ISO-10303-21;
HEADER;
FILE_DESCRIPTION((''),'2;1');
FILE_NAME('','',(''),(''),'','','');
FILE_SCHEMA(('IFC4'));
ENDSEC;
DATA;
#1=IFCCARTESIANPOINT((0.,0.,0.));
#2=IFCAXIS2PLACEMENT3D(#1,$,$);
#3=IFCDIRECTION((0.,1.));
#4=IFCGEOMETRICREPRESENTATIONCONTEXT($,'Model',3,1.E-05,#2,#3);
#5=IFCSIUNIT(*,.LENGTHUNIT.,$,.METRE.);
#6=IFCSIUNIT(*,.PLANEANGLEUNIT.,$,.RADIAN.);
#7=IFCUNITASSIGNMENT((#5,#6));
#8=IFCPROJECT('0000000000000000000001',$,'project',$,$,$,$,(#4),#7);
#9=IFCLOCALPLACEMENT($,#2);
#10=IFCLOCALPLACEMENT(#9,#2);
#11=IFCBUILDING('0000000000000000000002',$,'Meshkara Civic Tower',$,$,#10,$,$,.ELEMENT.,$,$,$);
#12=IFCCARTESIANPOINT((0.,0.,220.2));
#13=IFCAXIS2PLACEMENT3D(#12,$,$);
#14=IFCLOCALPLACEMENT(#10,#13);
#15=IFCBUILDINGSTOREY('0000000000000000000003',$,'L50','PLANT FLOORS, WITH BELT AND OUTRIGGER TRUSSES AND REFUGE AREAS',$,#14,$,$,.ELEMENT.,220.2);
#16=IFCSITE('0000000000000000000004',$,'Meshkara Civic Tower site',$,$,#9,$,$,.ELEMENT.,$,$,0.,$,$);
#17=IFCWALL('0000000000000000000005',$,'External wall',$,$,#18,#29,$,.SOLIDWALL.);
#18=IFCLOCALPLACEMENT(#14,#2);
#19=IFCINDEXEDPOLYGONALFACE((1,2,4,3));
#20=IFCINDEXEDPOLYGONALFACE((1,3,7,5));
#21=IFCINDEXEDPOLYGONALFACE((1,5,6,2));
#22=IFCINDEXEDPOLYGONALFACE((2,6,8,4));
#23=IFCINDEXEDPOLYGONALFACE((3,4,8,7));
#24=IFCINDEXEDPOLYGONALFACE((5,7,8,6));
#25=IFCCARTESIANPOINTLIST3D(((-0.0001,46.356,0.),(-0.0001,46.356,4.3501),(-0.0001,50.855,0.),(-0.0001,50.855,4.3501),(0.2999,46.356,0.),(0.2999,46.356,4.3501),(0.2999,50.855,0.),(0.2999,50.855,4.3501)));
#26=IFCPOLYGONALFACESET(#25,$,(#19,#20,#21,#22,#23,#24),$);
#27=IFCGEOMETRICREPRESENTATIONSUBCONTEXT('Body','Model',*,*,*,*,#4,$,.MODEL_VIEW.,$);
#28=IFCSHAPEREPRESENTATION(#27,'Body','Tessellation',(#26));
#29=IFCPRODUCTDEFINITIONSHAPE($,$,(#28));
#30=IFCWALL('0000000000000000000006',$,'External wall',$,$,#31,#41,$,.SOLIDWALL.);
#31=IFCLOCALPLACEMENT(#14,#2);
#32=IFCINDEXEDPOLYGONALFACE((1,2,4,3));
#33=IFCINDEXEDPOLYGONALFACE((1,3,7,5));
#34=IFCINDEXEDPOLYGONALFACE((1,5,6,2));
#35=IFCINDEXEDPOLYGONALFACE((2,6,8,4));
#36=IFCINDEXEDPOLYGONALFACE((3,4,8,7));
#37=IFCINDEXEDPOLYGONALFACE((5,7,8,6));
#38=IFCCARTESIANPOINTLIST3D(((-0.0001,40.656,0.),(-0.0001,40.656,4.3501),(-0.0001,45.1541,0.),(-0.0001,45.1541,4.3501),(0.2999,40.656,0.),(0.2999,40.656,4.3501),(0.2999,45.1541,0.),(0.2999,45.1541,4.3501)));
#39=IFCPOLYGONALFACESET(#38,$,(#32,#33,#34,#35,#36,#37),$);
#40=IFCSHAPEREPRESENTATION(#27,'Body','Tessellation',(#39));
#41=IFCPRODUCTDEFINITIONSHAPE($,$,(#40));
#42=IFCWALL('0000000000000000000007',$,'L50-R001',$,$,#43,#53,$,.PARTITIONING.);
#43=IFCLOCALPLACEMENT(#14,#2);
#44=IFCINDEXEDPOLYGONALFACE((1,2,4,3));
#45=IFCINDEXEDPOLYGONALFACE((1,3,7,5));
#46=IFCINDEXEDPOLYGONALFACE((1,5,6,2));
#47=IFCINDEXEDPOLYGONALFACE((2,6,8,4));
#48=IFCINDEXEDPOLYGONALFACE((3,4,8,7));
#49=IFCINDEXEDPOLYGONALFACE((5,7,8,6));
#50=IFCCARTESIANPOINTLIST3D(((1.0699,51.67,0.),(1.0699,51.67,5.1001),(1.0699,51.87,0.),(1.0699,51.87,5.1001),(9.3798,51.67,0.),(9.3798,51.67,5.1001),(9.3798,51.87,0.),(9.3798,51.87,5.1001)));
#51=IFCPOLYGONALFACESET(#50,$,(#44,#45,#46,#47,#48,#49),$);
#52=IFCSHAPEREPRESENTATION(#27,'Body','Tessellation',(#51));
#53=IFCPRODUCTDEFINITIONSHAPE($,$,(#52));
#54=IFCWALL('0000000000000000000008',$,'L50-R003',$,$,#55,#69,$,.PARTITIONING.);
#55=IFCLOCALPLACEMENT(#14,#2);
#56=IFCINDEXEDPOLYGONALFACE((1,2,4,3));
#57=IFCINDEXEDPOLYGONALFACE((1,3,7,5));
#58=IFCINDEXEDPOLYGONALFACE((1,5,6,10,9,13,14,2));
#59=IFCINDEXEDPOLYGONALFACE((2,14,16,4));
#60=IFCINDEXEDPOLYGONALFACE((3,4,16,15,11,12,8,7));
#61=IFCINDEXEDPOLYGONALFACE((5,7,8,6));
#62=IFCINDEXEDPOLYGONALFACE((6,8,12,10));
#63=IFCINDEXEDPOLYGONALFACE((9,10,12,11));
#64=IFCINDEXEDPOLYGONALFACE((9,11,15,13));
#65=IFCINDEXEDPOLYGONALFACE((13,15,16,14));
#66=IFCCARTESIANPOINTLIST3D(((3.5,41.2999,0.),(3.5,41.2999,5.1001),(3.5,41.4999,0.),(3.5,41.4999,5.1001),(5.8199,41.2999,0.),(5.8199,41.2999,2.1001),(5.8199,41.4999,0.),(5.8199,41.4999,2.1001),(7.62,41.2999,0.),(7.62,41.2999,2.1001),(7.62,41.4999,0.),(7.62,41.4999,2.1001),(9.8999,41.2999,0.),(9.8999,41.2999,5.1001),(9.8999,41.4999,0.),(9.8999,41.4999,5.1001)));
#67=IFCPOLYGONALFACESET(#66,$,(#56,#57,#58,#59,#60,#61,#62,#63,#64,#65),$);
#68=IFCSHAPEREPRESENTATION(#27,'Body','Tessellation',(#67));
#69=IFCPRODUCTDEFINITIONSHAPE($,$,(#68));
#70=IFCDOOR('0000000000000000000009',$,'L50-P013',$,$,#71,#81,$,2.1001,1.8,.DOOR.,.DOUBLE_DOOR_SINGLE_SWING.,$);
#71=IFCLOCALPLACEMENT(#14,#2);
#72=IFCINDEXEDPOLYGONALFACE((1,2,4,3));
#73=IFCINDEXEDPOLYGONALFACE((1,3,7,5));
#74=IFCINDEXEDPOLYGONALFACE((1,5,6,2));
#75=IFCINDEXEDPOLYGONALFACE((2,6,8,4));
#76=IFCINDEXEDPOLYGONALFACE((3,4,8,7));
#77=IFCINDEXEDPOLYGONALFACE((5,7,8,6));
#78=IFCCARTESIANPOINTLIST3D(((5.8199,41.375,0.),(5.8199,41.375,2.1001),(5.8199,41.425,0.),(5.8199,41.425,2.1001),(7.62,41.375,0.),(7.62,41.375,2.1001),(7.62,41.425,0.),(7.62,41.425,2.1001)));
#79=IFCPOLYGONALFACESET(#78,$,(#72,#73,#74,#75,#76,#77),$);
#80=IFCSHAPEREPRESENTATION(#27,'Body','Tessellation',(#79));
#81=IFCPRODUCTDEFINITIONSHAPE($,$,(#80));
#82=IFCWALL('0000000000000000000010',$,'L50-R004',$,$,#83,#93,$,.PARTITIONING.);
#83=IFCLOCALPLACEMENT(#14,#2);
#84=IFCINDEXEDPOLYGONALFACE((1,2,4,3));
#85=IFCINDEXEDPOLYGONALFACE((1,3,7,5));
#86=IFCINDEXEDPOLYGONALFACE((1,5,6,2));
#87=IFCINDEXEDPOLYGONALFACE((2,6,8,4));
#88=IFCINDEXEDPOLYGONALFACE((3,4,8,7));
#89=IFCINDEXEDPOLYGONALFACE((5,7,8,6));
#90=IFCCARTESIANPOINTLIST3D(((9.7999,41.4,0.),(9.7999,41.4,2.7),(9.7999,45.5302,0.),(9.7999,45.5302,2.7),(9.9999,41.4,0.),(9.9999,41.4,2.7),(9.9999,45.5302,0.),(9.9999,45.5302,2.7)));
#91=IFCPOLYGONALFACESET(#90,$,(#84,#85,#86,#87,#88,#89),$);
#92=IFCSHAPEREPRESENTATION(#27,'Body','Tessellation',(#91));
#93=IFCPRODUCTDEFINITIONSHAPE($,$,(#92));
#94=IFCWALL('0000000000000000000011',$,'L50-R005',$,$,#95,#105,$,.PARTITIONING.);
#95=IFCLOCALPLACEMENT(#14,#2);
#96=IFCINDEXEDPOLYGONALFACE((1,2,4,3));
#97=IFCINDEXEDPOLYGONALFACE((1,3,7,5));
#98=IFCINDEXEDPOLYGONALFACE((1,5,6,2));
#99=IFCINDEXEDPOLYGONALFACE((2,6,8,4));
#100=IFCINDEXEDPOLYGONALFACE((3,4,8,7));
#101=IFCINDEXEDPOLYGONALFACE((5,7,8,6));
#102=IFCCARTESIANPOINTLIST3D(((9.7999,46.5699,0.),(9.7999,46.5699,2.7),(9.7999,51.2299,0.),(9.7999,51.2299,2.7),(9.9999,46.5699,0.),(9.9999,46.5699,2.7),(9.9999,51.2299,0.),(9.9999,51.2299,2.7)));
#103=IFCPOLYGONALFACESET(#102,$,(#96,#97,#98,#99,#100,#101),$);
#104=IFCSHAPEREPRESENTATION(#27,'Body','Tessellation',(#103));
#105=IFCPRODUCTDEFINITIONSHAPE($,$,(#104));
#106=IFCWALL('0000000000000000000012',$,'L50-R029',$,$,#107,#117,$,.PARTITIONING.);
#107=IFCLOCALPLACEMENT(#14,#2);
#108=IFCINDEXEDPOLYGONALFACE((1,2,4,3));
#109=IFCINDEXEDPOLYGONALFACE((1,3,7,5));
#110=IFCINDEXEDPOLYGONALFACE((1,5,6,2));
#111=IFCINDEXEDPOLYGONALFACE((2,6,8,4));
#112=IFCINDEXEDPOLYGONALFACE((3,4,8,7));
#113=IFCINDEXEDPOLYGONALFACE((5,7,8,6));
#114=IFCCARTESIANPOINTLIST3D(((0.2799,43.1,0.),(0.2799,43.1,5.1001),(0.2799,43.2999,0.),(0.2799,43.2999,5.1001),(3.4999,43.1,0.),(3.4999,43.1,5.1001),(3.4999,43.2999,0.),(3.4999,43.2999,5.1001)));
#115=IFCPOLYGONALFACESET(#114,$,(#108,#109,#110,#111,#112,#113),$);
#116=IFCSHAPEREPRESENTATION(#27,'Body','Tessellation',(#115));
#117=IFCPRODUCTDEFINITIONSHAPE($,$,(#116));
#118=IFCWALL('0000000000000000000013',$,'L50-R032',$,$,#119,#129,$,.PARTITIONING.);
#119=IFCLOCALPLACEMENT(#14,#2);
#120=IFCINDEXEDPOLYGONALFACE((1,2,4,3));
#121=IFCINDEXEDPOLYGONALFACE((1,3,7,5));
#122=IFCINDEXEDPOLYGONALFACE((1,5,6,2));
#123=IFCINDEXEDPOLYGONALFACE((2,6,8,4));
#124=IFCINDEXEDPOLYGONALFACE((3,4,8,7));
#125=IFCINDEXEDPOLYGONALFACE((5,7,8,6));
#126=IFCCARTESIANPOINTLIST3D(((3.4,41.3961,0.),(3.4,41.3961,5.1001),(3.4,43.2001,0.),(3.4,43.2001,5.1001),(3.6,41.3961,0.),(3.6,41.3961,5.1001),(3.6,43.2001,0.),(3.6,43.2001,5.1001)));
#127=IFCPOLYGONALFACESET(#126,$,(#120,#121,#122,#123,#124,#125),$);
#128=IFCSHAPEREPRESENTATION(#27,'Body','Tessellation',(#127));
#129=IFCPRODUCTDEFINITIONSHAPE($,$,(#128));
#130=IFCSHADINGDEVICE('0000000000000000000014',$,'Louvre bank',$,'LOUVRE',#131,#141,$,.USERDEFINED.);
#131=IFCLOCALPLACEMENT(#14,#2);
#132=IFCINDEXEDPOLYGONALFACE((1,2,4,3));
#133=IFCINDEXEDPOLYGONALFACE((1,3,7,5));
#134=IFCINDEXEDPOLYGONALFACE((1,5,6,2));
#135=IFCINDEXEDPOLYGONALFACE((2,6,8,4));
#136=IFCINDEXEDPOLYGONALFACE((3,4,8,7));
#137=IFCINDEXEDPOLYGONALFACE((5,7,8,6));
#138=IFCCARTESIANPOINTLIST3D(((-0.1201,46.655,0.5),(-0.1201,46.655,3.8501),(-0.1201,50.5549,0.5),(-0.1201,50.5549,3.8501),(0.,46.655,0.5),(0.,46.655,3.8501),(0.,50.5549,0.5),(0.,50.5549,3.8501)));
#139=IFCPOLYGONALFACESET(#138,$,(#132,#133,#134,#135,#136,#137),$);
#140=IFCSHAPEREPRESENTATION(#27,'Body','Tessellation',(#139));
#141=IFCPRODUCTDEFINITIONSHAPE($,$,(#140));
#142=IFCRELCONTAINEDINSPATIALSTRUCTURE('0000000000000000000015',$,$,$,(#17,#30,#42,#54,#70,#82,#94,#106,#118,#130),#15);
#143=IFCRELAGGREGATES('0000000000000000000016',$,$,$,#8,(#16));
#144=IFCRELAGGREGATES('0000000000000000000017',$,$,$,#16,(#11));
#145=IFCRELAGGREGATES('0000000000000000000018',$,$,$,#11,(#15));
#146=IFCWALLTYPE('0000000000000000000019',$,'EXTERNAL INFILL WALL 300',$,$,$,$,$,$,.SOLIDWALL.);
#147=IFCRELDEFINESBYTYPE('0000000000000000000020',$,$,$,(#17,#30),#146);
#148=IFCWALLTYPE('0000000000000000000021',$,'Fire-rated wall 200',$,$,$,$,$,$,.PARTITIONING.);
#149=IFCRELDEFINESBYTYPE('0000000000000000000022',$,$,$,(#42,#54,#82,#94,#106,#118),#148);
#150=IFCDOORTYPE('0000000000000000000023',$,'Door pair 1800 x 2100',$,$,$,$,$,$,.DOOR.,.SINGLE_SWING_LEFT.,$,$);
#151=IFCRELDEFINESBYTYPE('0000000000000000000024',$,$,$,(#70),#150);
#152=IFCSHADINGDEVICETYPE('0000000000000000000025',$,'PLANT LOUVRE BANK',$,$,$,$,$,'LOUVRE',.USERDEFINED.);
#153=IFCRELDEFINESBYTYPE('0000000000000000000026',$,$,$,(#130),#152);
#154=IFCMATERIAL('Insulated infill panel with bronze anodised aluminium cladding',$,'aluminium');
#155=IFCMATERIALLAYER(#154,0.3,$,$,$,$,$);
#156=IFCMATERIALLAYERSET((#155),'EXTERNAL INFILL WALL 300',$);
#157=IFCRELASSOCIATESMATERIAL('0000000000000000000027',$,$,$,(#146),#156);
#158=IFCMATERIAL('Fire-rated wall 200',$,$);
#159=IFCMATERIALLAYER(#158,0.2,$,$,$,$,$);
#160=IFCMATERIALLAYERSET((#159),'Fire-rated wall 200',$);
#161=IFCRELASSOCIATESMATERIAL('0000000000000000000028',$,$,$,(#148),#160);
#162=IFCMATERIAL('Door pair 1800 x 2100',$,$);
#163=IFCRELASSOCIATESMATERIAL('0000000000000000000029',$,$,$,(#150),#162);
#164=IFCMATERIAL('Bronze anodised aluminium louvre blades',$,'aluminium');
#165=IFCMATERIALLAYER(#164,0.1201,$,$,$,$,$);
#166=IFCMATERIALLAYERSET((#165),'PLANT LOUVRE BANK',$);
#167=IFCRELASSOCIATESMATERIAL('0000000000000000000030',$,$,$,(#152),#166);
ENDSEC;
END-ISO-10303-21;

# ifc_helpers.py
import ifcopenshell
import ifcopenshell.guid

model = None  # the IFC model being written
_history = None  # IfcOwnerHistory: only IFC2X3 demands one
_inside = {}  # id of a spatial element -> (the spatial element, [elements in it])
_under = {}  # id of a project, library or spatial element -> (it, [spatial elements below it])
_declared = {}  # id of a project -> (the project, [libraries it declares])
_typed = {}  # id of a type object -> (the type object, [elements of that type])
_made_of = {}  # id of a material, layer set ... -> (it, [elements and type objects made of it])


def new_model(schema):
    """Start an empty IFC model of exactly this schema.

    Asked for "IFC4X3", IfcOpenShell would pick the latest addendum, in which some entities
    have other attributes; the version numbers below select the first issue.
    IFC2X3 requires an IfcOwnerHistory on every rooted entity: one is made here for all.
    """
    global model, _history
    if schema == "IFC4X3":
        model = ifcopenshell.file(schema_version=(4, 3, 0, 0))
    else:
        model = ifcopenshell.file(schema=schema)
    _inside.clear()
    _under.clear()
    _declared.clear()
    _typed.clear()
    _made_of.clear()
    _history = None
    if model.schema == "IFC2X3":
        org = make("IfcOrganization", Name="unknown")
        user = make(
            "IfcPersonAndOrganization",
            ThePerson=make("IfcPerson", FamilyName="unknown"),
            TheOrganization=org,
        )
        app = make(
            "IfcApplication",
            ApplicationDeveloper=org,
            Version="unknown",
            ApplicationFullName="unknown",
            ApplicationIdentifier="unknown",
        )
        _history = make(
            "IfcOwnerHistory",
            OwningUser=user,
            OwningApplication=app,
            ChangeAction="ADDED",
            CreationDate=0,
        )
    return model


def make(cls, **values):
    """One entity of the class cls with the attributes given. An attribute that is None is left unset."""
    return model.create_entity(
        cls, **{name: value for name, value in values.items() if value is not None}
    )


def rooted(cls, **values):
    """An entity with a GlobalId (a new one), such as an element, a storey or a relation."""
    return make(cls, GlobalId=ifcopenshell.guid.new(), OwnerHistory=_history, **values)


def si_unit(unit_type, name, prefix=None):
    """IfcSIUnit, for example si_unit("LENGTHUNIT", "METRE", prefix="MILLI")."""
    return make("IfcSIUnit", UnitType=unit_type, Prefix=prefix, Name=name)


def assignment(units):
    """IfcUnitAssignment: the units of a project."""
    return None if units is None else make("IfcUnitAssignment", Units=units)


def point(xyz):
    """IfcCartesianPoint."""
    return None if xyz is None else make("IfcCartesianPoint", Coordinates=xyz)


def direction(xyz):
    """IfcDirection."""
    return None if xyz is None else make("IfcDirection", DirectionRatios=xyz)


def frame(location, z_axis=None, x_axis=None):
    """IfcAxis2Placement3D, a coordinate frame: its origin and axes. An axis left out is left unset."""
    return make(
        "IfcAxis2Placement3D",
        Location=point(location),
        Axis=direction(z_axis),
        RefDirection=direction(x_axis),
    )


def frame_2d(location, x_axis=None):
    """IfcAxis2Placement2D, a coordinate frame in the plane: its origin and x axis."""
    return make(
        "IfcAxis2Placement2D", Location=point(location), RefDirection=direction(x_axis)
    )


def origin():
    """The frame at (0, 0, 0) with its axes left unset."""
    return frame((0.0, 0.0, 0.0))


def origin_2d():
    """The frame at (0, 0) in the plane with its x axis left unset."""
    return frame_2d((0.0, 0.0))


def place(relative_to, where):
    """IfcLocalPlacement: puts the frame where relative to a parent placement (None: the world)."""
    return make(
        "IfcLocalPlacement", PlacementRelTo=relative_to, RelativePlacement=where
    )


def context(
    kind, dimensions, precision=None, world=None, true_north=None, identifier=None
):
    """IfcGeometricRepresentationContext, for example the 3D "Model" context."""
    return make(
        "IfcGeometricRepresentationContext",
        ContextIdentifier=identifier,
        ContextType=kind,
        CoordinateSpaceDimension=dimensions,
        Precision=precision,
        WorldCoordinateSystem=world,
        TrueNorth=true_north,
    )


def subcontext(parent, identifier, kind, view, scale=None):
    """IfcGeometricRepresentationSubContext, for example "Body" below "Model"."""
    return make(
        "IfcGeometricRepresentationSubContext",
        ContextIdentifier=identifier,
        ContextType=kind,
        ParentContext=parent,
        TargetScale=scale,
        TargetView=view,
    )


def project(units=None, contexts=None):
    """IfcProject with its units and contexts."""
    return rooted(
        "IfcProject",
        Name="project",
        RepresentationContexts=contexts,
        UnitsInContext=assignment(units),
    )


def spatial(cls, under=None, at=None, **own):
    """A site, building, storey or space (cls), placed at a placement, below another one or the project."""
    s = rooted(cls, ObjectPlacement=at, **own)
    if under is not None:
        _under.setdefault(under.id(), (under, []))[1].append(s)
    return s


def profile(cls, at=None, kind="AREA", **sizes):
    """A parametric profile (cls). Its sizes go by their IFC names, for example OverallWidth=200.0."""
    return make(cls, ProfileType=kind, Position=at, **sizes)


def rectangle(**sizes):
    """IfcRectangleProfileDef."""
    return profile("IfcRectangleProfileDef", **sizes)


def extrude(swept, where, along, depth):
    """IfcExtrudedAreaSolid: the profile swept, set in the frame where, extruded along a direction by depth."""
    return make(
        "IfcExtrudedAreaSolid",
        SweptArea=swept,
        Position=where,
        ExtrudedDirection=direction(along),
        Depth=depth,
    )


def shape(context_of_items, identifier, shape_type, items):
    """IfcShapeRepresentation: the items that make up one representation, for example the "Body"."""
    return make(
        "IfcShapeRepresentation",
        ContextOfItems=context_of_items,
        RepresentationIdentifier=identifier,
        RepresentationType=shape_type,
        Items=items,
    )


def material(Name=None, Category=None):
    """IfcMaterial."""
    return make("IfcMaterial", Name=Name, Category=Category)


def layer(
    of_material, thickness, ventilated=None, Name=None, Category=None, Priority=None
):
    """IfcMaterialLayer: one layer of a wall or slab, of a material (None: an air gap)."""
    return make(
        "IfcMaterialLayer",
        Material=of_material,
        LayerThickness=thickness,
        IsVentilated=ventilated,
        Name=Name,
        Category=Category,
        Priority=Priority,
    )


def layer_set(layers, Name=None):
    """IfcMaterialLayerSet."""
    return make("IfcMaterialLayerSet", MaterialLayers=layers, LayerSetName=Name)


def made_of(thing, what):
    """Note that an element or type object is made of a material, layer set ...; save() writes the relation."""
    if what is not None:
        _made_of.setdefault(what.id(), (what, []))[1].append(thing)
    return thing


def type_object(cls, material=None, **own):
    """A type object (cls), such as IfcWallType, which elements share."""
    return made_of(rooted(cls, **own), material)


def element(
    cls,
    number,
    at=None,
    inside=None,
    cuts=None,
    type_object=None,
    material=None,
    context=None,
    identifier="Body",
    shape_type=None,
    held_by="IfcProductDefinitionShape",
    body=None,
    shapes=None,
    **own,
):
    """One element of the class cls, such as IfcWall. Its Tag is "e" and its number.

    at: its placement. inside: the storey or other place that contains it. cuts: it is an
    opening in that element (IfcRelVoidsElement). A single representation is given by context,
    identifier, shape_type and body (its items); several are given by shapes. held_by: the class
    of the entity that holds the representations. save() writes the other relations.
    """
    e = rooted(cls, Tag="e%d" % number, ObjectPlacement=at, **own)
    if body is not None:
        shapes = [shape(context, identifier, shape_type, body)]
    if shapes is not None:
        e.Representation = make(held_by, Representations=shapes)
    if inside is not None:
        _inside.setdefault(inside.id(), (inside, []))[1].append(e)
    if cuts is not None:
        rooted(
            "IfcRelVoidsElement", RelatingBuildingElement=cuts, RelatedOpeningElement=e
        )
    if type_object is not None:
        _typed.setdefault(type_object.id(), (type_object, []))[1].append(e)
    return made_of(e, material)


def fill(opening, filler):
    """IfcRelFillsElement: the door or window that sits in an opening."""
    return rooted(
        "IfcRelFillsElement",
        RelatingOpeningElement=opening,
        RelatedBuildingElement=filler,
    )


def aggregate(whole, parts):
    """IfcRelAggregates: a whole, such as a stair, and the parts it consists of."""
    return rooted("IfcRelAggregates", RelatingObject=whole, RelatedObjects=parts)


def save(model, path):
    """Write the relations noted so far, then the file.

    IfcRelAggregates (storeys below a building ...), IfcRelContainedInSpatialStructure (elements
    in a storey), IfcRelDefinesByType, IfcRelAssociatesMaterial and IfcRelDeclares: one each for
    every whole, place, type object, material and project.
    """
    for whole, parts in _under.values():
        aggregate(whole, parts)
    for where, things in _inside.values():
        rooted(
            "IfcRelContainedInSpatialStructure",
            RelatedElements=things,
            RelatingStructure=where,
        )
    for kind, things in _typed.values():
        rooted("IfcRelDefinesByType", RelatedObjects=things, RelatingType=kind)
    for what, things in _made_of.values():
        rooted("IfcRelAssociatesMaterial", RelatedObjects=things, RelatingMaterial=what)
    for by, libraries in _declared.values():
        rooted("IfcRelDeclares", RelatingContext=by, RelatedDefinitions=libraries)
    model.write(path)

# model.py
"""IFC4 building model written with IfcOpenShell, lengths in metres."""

from ifc_helpers import new_model, si_unit, direction, frame, frame_2d, origin, origin_2d, place, context, subcontext, project, spatial, rectangle, extrude, material, layer, layer_set, type_object, element, fill, save


model = new_model("IFC4")

# Units and contexts
model_context = context("Model", 3, precision=1e-05, world=origin(), true_north=direction((0.0, 1.0)))
body_context = subcontext(model_context, "Body", "Model", "MODEL_VIEW")
ifc_project = project(units=[si_unit("LENGTHUNIT", "METRE"), si_unit("PLANEANGLEUNIT", "RADIAN")], contexts=[model_context])

# Site, building, storey
site_placement = place(None, origin())
site = spatial("IfcSite", under=ifc_project, at=site_placement, Name="Meshkara Civic Tower site", CompositionType="ELEMENT", RefElevation=0.0)
building_placement = place(site_placement, origin())
building = spatial("IfcBuilding", under=site, at=building_placement, Name="Meshkara Civic Tower", CompositionType="ELEMENT")
storey_placement = place(building_placement, frame((0.0, 0.0, 220.2)))
storey = spatial("IfcBuildingStorey", under=building, at=storey_placement, Name="L50", Description="PLANT FLOORS, WITH BELT AND OUTRIGGER TRUSSES AND REFUGE AREAS", CompositionType="ELEMENT", Elevation=220.2)

# Walls
ifc_material_1 = material(Name="Insulated infill panel with bronze anodised aluminium cladding", Category="aluminium")
ifc_layer_1 = layer(ifc_material_1, 0.3)
ifc_layer_set_1 = layer_set([ifc_layer_1], Name="EXTERNAL INFILL WALL 300")
wall_type_1 = type_object("IfcWallType", Name="EXTERNAL INFILL WALL 300", PredefinedType="SOLIDWALL", material=ifc_layer_set_1)
wall_1_placement = place(storey_placement, frame((0.1499, 50.855, 0.0), z_axis=(0.0, 0.0, 1.0), x_axis=(0.0, -1.0, 0.0)))
element("IfcWall", 1, at=wall_1_placement, inside=storey, type_object=wall_type_1, Name="External wall", PredefinedType="SOLIDWALL", context=body_context, shape_type="SweptSolid", body=[
    extrude(rectangle(XDim=4.499, YDim=0.3, at=frame_2d((2.2495, 0.0))), origin(), (0.0, 0.0, 1.0), 4.3501),
])
wall_2_placement = place(storey_placement, frame((0.1499, 45.1541, 0.0), z_axis=(0.0, 0.0, 1.0), x_axis=(0.0, -1.0, 0.0)))
element("IfcWall", 2, at=wall_2_placement, inside=storey, type_object=wall_type_1, Name="External wall", PredefinedType="SOLIDWALL", context=body_context, shape_type="SweptSolid", body=[
    extrude(rectangle(XDim=4.498, YDim=0.3, at=frame_2d((2.249, 0.0))), origin(), (0.0, 0.0, 1.0), 4.3501),
])
ifc_material_2 = material(Name="Fire-rated wall 200")
ifc_layer_2 = layer(ifc_material_2, 0.2)
ifc_layer_set_2 = layer_set([ifc_layer_2], Name="Fire-rated wall 200")
wall_type_2 = type_object("IfcWallType", Name="Fire-rated wall 200", PredefinedType="PARTITIONING", material=ifc_layer_set_2)
wall_3_placement = place(storey_placement, frame((1.0701, 51.77, 0.0), z_axis=(0.0, 0.0, 1.0), x_axis=(1.0, 0.0, 0.0)))
element("IfcWall", 3, at=wall_3_placement, inside=storey, type_object=wall_type_2, Name="L50-R001", PredefinedType="PARTITIONING", context=body_context, shape_type="SweptSolid", body=[
    extrude(rectangle(XDim=8.3098, YDim=0.2, at=frame_2d((4.1548, 0.0))), origin(), (0.0, 0.0, 1.0), 5.1001),
])

# Wall, opening, door
wall_4_placement = place(storey_placement, frame((9.8999, 41.3999, 0.0), z_axis=(0.0, 0.0, 1.0), x_axis=(-1.0, 0.0, 0.0)))
wall_4 = element("IfcWall", 4, at=wall_4_placement, inside=storey, type_object=wall_type_2, Name="L50-R003", PredefinedType="PARTITIONING", context=body_context, shape_type="SweptSolid", body=[
    extrude(rectangle(XDim=6.3999, YDim=0.2, at=frame_2d((3.2, 0.0))), origin(), (0.0, 0.0, 1.0), 5.1001),
])
opening_placement = place(wall_4_placement, frame((2.28, 0.0, 0.0)))
opening = element("IfcOpeningElement", 5, at=opening_placement, cuts=wall_4, PredefinedType="OPENING", context=body_context, shape_type="SweptSolid", body=[
    extrude(rectangle(XDim=1.8, YDim=2.1001, at=frame_2d((0.8999, 1.05))), frame((0.0, 0.1099, 0.0), z_axis=(0.0, -1.0, 0.0), x_axis=(1.0, 0.0, 0.0)), (0.0, 0.0, 1.0), 0.22),
])
ifc_material_3 = material(Name="Door pair 1800 x 2100")
door_type = type_object("IfcDoorType", Name="Door pair 1800 x 2100", OperationType="SINGLE_SWING_LEFT", PredefinedType="DOOR", material=ifc_material_3)
door_placement = place(opening_placement, origin())
door = element("IfcDoor", 6, at=door_placement, inside=storey, type_object=door_type, Name="L50-P013", OperationType="DOUBLE_DOOR_SINGLE_SWING", OverallHeight=2.1001, OverallWidth=1.8, PredefinedType="DOOR", context=body_context, shape_type="SweptSolid", body=[
    extrude(rectangle(XDim=1.8, YDim=2.1001, at=frame_2d((0.8999, 1.05))), frame((0.0, 0.0249, 0.0), z_axis=(0.0, -1.0, 0.0), x_axis=(1.0, 0.0, 0.0)), (0.0, 0.0, 1.0), 0.05),
])
fill(opening, door)

# Walls
wall_5_placement = place(storey_placement, frame((9.8999, 45.53, 0.0), z_axis=(0.0, 0.0, 1.0), x_axis=(0.0, -1.0, 0.0)))
element("IfcWall", 7, at=wall_5_placement, inside=storey, type_object=wall_type_2, Name="L50-R004", PredefinedType="PARTITIONING", context=body_context, shape_type="SweptSolid", body=[
    extrude(rectangle(XDim=4.1301, YDim=0.2, at=frame_2d((2.0649, 0.0))), origin(), (0.0, 0.0, 1.0), 2.7),
])
wall_6_placement = place(storey_placement, frame((9.8999, 51.23, 0.0), z_axis=(0.0, 0.0, 1.0), x_axis=(0.0, -1.0, 0.0)))
element("IfcWall", 8, at=wall_6_placement, inside=storey, type_object=wall_type_2, Name="L50-R005", PredefinedType="PARTITIONING", context=body_context, shape_type="SweptSolid", body=[
    extrude(rectangle(XDim=4.6599, YDim=0.2, at=frame_2d((2.3301, 0.0))), origin(), (0.0, 0.0, 1.0), 2.7),
])
wall_7_placement = place(storey_placement, frame((0.28, 43.2, 0.0), z_axis=(0.0, 0.0, 1.0), x_axis=(1.0, 0.0, 0.0)))
element("IfcWall", 9, at=wall_7_placement, inside=storey, type_object=wall_type_2, Name="L50-R029", PredefinedType="PARTITIONING", context=body_context, shape_type="SweptSolid", body=[
    extrude(rectangle(XDim=3.22, YDim=0.2, at=frame_2d((1.6099, 0.0))), origin(), (0.0, 0.0, 1.0), 5.1001),
])
wall_8_placement = place(storey_placement, frame((3.5, 43.2, 0.0), z_axis=(0.0, 0.0, 1.0), x_axis=(0.0, -1.0, 0.0)))
element("IfcWall", 10, at=wall_8_placement, inside=storey, type_object=wall_type_2, Name="L50-R032", PredefinedType="PARTITIONING", context=body_context, shape_type="SweptSolid", body=[
    extrude(rectangle(XDim=1.804, YDim=0.2, at=frame_2d((0.9019, 0.0))), origin(), (0.0, 0.0, 1.0), 5.1001),
])

# Shading device
ifc_material_4 = material(Name="Bronze anodised aluminium louvre blades", Category="aluminium")
ifc_layer_3 = layer(ifc_material_4, 0.1201)
ifc_layer_set_3 = layer_set([ifc_layer_3], Name="PLANT LOUVRE BANK")
shading_device_type = type_object("IfcShadingDeviceType", Name="PLANT LOUVRE BANK", ElementType="LOUVRE", PredefinedType="USERDEFINED", material=ifc_layer_set_3)
shading_device_placement = place(storey_placement, frame((-0.0601, 48.605, 0.5), z_axis=(0.0, 0.0, 1.0), x_axis=(0.0, -1.0, 0.0)))
element("IfcShadingDevice", 11, at=shading_device_placement, inside=storey, type_object=shading_device_type, Name="Louvre bank", ObjectType="LOUVRE", PredefinedType="USERDEFINED", context=body_context, shape_type="SweptSolid", body=[
    extrude(rectangle(XDim=3.8999, YDim=0.1201, at=origin_2d()), origin(), (0.0, 0.0, 1.0), 3.3501),
])

save(model, "model.ifc")
